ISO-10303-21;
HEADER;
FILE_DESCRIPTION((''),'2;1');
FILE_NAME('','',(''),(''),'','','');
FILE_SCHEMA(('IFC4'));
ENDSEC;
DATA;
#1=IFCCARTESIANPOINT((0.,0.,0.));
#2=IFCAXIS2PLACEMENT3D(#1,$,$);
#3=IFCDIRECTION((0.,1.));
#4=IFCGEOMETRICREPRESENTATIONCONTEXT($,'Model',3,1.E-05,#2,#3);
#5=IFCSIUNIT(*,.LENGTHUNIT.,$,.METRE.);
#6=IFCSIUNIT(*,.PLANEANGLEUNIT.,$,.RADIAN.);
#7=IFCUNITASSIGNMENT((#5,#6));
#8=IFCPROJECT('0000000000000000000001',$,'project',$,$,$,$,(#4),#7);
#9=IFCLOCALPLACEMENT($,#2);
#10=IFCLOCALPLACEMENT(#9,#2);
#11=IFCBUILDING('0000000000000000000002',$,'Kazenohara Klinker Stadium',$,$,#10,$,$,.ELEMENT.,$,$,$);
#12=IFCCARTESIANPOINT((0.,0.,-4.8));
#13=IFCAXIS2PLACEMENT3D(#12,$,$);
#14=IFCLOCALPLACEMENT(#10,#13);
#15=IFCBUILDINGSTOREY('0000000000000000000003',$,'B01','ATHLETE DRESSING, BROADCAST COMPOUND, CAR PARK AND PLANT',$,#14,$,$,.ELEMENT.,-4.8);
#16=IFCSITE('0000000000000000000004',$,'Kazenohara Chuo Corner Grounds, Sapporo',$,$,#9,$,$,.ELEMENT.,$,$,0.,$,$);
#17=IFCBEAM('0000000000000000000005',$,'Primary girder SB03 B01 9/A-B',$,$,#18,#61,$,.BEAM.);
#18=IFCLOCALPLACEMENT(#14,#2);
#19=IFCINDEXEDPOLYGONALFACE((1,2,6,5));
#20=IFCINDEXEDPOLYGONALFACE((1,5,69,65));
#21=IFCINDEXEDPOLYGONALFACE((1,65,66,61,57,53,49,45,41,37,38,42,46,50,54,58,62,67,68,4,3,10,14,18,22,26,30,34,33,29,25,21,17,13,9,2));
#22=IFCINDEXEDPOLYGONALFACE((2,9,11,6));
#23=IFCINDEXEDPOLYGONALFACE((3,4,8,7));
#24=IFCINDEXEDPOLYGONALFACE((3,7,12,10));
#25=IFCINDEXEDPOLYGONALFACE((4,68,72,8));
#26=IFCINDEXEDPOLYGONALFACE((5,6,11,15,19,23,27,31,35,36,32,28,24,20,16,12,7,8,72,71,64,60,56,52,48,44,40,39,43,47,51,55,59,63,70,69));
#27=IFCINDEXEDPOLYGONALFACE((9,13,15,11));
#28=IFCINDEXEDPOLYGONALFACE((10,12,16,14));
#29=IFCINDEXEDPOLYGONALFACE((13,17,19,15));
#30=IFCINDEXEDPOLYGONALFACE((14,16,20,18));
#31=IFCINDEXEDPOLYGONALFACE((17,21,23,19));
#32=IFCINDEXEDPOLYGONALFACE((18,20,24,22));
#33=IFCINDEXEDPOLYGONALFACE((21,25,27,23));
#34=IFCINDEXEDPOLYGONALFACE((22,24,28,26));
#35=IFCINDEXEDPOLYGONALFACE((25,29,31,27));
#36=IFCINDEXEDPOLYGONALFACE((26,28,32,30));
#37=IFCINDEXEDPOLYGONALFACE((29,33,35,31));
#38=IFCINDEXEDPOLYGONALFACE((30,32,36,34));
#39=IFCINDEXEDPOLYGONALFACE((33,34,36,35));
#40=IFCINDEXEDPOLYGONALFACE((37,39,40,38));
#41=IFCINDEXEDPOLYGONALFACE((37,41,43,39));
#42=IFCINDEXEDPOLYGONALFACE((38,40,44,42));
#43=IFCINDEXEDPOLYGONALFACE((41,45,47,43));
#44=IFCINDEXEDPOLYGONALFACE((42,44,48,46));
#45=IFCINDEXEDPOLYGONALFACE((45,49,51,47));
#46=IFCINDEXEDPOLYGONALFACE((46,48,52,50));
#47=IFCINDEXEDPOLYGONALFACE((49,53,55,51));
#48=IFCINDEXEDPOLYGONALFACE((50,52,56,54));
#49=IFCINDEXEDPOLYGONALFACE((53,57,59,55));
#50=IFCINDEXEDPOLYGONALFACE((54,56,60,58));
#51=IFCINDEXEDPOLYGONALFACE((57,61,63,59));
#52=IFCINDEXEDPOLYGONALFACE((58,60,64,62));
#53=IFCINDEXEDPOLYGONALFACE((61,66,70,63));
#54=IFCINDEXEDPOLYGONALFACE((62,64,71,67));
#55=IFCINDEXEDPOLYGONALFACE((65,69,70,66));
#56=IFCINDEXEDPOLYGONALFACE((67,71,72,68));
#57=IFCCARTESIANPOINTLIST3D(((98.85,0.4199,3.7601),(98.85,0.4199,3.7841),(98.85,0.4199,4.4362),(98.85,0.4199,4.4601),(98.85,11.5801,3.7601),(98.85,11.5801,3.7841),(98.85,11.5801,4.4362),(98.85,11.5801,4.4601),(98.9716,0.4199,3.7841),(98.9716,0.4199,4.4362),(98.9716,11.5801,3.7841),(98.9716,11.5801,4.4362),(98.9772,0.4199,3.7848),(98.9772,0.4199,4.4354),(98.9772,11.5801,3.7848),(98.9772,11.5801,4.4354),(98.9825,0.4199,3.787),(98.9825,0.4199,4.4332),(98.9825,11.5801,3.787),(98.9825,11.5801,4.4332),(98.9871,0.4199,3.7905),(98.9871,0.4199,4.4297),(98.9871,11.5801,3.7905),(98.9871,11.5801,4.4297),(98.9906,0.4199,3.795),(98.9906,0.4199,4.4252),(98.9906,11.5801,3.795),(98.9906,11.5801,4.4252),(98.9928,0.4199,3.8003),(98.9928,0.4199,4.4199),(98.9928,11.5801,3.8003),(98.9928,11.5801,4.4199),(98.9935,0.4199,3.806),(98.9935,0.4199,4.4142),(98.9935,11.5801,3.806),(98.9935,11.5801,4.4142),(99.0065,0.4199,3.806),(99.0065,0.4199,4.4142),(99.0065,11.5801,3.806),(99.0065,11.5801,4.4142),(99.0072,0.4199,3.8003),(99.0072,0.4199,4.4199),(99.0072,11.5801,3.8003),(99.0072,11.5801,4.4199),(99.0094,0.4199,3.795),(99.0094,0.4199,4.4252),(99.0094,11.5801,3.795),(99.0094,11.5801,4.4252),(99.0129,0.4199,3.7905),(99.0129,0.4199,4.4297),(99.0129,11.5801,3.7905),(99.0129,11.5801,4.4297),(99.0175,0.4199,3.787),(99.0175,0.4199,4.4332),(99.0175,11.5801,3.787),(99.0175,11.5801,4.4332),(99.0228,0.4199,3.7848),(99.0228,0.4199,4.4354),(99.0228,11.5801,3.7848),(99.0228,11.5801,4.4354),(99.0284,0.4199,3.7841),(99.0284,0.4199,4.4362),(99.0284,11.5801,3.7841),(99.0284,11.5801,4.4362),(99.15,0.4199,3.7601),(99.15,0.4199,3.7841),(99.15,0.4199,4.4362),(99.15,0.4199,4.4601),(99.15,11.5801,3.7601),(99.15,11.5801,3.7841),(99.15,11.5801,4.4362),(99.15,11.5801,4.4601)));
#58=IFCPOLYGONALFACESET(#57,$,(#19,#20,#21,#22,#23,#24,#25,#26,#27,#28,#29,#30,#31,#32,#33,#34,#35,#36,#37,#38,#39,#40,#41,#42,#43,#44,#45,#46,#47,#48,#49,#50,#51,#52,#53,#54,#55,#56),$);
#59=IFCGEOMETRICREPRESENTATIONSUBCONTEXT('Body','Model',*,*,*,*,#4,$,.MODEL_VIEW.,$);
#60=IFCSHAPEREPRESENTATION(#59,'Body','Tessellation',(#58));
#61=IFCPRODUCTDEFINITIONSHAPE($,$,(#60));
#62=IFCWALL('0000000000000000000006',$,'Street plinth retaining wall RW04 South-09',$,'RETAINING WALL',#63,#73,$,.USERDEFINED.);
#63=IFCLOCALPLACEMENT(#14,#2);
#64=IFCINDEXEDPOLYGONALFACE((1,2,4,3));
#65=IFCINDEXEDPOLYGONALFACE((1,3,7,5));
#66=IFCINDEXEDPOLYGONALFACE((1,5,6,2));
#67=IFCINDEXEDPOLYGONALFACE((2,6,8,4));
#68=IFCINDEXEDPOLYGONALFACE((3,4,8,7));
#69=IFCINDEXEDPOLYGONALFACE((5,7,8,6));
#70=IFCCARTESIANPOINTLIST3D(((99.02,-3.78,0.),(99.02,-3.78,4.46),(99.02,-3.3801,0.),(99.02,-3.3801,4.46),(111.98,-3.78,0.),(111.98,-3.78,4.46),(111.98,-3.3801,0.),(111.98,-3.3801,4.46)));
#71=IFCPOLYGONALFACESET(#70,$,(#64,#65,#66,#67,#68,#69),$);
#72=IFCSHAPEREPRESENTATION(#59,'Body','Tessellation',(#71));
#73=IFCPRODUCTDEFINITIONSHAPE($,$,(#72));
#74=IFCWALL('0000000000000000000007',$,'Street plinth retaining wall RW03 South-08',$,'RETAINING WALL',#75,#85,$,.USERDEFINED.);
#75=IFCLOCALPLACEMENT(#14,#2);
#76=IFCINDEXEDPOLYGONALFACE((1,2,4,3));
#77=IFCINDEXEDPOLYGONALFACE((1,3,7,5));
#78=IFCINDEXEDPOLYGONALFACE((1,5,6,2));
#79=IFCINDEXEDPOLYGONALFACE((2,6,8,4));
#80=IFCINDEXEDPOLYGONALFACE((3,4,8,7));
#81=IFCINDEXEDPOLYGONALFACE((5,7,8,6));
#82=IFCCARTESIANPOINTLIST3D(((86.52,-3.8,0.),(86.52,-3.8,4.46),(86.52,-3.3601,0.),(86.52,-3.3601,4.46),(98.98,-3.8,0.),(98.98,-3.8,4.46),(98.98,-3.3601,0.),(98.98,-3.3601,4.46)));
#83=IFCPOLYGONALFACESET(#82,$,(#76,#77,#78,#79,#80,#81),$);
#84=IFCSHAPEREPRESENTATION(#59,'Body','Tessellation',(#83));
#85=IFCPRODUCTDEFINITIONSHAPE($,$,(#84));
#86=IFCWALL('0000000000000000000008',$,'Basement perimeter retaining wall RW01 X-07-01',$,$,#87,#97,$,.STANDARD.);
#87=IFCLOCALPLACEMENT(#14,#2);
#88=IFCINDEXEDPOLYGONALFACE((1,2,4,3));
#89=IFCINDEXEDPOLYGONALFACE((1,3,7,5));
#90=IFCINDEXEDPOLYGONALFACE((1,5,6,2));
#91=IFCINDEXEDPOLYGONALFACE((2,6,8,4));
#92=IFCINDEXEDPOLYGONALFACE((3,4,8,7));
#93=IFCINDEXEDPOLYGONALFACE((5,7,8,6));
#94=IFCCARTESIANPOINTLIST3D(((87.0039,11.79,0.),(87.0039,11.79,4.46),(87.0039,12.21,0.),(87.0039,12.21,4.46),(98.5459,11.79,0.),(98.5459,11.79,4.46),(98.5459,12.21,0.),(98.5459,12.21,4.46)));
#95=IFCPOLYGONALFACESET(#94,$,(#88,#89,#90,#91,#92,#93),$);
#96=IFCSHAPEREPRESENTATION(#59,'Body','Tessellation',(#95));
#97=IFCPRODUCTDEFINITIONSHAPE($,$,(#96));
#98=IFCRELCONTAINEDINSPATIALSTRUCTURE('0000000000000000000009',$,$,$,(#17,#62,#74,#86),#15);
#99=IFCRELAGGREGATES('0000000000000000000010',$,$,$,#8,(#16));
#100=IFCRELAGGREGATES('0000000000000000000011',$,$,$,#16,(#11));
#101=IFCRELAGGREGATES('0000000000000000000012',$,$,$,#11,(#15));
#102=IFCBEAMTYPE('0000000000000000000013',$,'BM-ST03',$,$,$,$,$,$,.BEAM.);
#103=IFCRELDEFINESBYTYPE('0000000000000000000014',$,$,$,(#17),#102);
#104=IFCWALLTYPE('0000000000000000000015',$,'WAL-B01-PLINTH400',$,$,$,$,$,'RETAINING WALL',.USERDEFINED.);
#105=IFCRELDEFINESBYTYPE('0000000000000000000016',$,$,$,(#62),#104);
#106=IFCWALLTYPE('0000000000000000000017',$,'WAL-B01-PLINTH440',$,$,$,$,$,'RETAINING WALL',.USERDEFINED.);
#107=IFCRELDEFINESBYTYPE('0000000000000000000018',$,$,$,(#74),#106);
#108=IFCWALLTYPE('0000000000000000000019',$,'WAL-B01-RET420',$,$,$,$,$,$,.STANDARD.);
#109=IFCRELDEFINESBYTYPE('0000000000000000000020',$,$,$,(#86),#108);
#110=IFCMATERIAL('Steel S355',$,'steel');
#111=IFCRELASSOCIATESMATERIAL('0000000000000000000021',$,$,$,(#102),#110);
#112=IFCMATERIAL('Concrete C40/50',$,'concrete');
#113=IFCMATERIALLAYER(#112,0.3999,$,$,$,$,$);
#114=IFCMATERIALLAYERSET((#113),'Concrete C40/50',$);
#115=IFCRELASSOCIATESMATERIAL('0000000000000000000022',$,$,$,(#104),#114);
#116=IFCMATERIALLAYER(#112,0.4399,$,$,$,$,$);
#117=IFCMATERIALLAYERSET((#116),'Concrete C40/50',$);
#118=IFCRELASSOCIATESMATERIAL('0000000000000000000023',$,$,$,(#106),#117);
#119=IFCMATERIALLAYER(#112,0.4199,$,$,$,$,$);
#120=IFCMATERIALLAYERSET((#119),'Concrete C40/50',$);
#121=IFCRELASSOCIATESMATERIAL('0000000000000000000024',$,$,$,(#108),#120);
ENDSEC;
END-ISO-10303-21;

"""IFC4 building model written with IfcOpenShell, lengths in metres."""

from ifc_helpers import new_model, si_unit, direction, frame, frame_2d, origin, origin_2d, place, context, subcontext, project, spatial, rectangle, i_section, extrude, material, layer, layer_set, material_profile, profile_set, type_object, element, save


model = new_model("IFC4")

# Units and contexts
model_context = context("Model", 3, precision=1e-05, world=origin(), true_north=direction((0.0, 1.0)))
body_context = subcontext(model_context, "Body", "Model", "MODEL_VIEW")
ifc_project = project(units=[si_unit("LENGTHUNIT", "METRE"), si_unit("PLANEANGLEUNIT", "RADIAN")], contexts=[model_context])

# Site, building, storey
site_placement = place(None, origin())
site = spatial("IfcSite", under=ifc_project, at=site_placement, Name="Kazenohara Chuo Corner Grounds, Sapporo", CompositionType="ELEMENT", RefElevation=0.0)
building_placement = place(site_placement, origin())
building = spatial("IfcBuilding", under=site, at=building_placement, Name="Kazenohara Klinker Stadium", CompositionType="ELEMENT")
storey_placement = place(building_placement, frame((0.0, 0.0, -4.8)))
storey = spatial("IfcBuildingStorey", under=building, at=storey_placement, Name="B01", Description="ATHLETE DRESSING, BROADCAST COMPOUND, CAR PARK AND PLANT", CompositionType="ELEMENT", Elevation=-4.8)

# Shared definitions
ifc_material_1 = material(Name="Concrete C40/50", Category="concrete")

# Beam
ifc_material_2 = material(Name="Steel S355", Category="steel")
ifc_material_profile_1 = material_profile(ifc_material_2, i_section(OverallWidth=0.3, OverallDepth=0.7, WebThickness=0.0129, FlangeThickness=0.0239, FilletRadius=0.022, at=origin_2d()), Name="H-700x300x13x24")
ifc_profile_set_1 = profile_set([ifc_material_profile_1], Name="Steel S355")
beam_type_1 = type_object("IfcBeamType", Name="BM-ST03", PredefinedType="BEAM", material=ifc_profile_set_1)
beam_1_placement = place(storey_placement, frame((99.0, 0.4199, 4.1101), z_axis=(0.0, 1.0, 0.0), x_axis=(-1.0, 0.0, 0.0)))
element("IfcBeam", 1, at=beam_1_placement, inside=storey, type_object=beam_type_1, Name="Primary girder SB03 B01 9/A-B", PredefinedType="BEAM", context=body_context, shape_type="SweptSolid", body=[
    extrude(i_section(OverallWidth=0.3, OverallDepth=0.7, WebThickness=0.0129, FlangeThickness=0.0239, FilletRadius=0.022, at=origin_2d()), origin(), (0.0, 0.0, 1.0), 11.1602),
])

# Walls
ifc_layer_1 = layer(ifc_material_1, 0.3999)
ifc_layer_set_1 = layer_set([ifc_layer_1], Name="Concrete C40/50")
wall_type_1 = type_object("IfcWallType", Name="WAL-B01-PLINTH400", ElementType="RETAINING WALL", PredefinedType="USERDEFINED", material=ifc_layer_set_1)
wall_1_placement = place(storey_placement, frame((99.02, -3.5801, 0.0), z_axis=(0.0, 0.0, 1.0), x_axis=(1.0, 0.0, 0.0)))
element("IfcWall", 2, at=wall_1_placement, inside=storey, type_object=wall_type_1, Name="Street plinth retaining wall RW04 South-09", ObjectType="RETAINING WALL", PredefinedType="USERDEFINED", context=body_context, shape_type="SweptSolid", body=[
    extrude(rectangle(XDim=12.96, YDim=0.3999, at=frame_2d((6.48, 0.0))), origin(), (0.0, 0.0, 1.0), 4.46),
])
ifc_layer_2 = layer(ifc_material_1, 0.4399)
ifc_layer_set_2 = layer_set([ifc_layer_2], Name="Concrete C40/50")
wall_type_2 = type_object("IfcWallType", Name="WAL-B01-PLINTH440", ElementType="RETAINING WALL", PredefinedType="USERDEFINED", material=ifc_layer_set_2)
wall_2_placement = place(storey_placement, frame((86.52, -3.5801, 0.0), z_axis=(0.0, 0.0, 1.0), x_axis=(1.0, 0.0, 0.0)))
element("IfcWall", 3, at=wall_2_placement, inside=storey, type_object=wall_type_2, Name="Street plinth retaining wall RW03 South-08", ObjectType="RETAINING WALL", PredefinedType="USERDEFINED", context=body_context, shape_type="SweptSolid", body=[
    extrude(rectangle(XDim=12.46, YDim=0.4399, at=frame_2d((6.23, 0.0))), origin(), (0.0, 0.0, 1.0), 4.46),
])
ifc_layer_3 = layer(ifc_material_1, 0.4199)
ifc_layer_set_3 = layer_set([ifc_layer_3], Name="Concrete C40/50")
wall_type_3 = type_object("IfcWallType", Name="WAL-B01-RET420", PredefinedType="STANDARD", material=ifc_layer_set_3)
wall_3_placement = place(storey_placement, frame((87.0039, 12.0, 0.0), z_axis=(0.0, 0.0, 1.0), x_axis=(1.0, 0.0, 0.0)))
element("IfcWall", 4, at=wall_3_placement, inside=storey, type_object=wall_type_3, Name="Basement perimeter retaining wall RW01 X-07-01", PredefinedType="STANDARD", context=body_context, shape_type="SweptSolid", body=[
    extrude(rectangle(XDim=11.542, YDim=0.4199, at=frame_2d((5.771, 0.0))), origin(), (0.0, 0.0, 1.0), 4.46),
])

save(model, "model.ifc")
